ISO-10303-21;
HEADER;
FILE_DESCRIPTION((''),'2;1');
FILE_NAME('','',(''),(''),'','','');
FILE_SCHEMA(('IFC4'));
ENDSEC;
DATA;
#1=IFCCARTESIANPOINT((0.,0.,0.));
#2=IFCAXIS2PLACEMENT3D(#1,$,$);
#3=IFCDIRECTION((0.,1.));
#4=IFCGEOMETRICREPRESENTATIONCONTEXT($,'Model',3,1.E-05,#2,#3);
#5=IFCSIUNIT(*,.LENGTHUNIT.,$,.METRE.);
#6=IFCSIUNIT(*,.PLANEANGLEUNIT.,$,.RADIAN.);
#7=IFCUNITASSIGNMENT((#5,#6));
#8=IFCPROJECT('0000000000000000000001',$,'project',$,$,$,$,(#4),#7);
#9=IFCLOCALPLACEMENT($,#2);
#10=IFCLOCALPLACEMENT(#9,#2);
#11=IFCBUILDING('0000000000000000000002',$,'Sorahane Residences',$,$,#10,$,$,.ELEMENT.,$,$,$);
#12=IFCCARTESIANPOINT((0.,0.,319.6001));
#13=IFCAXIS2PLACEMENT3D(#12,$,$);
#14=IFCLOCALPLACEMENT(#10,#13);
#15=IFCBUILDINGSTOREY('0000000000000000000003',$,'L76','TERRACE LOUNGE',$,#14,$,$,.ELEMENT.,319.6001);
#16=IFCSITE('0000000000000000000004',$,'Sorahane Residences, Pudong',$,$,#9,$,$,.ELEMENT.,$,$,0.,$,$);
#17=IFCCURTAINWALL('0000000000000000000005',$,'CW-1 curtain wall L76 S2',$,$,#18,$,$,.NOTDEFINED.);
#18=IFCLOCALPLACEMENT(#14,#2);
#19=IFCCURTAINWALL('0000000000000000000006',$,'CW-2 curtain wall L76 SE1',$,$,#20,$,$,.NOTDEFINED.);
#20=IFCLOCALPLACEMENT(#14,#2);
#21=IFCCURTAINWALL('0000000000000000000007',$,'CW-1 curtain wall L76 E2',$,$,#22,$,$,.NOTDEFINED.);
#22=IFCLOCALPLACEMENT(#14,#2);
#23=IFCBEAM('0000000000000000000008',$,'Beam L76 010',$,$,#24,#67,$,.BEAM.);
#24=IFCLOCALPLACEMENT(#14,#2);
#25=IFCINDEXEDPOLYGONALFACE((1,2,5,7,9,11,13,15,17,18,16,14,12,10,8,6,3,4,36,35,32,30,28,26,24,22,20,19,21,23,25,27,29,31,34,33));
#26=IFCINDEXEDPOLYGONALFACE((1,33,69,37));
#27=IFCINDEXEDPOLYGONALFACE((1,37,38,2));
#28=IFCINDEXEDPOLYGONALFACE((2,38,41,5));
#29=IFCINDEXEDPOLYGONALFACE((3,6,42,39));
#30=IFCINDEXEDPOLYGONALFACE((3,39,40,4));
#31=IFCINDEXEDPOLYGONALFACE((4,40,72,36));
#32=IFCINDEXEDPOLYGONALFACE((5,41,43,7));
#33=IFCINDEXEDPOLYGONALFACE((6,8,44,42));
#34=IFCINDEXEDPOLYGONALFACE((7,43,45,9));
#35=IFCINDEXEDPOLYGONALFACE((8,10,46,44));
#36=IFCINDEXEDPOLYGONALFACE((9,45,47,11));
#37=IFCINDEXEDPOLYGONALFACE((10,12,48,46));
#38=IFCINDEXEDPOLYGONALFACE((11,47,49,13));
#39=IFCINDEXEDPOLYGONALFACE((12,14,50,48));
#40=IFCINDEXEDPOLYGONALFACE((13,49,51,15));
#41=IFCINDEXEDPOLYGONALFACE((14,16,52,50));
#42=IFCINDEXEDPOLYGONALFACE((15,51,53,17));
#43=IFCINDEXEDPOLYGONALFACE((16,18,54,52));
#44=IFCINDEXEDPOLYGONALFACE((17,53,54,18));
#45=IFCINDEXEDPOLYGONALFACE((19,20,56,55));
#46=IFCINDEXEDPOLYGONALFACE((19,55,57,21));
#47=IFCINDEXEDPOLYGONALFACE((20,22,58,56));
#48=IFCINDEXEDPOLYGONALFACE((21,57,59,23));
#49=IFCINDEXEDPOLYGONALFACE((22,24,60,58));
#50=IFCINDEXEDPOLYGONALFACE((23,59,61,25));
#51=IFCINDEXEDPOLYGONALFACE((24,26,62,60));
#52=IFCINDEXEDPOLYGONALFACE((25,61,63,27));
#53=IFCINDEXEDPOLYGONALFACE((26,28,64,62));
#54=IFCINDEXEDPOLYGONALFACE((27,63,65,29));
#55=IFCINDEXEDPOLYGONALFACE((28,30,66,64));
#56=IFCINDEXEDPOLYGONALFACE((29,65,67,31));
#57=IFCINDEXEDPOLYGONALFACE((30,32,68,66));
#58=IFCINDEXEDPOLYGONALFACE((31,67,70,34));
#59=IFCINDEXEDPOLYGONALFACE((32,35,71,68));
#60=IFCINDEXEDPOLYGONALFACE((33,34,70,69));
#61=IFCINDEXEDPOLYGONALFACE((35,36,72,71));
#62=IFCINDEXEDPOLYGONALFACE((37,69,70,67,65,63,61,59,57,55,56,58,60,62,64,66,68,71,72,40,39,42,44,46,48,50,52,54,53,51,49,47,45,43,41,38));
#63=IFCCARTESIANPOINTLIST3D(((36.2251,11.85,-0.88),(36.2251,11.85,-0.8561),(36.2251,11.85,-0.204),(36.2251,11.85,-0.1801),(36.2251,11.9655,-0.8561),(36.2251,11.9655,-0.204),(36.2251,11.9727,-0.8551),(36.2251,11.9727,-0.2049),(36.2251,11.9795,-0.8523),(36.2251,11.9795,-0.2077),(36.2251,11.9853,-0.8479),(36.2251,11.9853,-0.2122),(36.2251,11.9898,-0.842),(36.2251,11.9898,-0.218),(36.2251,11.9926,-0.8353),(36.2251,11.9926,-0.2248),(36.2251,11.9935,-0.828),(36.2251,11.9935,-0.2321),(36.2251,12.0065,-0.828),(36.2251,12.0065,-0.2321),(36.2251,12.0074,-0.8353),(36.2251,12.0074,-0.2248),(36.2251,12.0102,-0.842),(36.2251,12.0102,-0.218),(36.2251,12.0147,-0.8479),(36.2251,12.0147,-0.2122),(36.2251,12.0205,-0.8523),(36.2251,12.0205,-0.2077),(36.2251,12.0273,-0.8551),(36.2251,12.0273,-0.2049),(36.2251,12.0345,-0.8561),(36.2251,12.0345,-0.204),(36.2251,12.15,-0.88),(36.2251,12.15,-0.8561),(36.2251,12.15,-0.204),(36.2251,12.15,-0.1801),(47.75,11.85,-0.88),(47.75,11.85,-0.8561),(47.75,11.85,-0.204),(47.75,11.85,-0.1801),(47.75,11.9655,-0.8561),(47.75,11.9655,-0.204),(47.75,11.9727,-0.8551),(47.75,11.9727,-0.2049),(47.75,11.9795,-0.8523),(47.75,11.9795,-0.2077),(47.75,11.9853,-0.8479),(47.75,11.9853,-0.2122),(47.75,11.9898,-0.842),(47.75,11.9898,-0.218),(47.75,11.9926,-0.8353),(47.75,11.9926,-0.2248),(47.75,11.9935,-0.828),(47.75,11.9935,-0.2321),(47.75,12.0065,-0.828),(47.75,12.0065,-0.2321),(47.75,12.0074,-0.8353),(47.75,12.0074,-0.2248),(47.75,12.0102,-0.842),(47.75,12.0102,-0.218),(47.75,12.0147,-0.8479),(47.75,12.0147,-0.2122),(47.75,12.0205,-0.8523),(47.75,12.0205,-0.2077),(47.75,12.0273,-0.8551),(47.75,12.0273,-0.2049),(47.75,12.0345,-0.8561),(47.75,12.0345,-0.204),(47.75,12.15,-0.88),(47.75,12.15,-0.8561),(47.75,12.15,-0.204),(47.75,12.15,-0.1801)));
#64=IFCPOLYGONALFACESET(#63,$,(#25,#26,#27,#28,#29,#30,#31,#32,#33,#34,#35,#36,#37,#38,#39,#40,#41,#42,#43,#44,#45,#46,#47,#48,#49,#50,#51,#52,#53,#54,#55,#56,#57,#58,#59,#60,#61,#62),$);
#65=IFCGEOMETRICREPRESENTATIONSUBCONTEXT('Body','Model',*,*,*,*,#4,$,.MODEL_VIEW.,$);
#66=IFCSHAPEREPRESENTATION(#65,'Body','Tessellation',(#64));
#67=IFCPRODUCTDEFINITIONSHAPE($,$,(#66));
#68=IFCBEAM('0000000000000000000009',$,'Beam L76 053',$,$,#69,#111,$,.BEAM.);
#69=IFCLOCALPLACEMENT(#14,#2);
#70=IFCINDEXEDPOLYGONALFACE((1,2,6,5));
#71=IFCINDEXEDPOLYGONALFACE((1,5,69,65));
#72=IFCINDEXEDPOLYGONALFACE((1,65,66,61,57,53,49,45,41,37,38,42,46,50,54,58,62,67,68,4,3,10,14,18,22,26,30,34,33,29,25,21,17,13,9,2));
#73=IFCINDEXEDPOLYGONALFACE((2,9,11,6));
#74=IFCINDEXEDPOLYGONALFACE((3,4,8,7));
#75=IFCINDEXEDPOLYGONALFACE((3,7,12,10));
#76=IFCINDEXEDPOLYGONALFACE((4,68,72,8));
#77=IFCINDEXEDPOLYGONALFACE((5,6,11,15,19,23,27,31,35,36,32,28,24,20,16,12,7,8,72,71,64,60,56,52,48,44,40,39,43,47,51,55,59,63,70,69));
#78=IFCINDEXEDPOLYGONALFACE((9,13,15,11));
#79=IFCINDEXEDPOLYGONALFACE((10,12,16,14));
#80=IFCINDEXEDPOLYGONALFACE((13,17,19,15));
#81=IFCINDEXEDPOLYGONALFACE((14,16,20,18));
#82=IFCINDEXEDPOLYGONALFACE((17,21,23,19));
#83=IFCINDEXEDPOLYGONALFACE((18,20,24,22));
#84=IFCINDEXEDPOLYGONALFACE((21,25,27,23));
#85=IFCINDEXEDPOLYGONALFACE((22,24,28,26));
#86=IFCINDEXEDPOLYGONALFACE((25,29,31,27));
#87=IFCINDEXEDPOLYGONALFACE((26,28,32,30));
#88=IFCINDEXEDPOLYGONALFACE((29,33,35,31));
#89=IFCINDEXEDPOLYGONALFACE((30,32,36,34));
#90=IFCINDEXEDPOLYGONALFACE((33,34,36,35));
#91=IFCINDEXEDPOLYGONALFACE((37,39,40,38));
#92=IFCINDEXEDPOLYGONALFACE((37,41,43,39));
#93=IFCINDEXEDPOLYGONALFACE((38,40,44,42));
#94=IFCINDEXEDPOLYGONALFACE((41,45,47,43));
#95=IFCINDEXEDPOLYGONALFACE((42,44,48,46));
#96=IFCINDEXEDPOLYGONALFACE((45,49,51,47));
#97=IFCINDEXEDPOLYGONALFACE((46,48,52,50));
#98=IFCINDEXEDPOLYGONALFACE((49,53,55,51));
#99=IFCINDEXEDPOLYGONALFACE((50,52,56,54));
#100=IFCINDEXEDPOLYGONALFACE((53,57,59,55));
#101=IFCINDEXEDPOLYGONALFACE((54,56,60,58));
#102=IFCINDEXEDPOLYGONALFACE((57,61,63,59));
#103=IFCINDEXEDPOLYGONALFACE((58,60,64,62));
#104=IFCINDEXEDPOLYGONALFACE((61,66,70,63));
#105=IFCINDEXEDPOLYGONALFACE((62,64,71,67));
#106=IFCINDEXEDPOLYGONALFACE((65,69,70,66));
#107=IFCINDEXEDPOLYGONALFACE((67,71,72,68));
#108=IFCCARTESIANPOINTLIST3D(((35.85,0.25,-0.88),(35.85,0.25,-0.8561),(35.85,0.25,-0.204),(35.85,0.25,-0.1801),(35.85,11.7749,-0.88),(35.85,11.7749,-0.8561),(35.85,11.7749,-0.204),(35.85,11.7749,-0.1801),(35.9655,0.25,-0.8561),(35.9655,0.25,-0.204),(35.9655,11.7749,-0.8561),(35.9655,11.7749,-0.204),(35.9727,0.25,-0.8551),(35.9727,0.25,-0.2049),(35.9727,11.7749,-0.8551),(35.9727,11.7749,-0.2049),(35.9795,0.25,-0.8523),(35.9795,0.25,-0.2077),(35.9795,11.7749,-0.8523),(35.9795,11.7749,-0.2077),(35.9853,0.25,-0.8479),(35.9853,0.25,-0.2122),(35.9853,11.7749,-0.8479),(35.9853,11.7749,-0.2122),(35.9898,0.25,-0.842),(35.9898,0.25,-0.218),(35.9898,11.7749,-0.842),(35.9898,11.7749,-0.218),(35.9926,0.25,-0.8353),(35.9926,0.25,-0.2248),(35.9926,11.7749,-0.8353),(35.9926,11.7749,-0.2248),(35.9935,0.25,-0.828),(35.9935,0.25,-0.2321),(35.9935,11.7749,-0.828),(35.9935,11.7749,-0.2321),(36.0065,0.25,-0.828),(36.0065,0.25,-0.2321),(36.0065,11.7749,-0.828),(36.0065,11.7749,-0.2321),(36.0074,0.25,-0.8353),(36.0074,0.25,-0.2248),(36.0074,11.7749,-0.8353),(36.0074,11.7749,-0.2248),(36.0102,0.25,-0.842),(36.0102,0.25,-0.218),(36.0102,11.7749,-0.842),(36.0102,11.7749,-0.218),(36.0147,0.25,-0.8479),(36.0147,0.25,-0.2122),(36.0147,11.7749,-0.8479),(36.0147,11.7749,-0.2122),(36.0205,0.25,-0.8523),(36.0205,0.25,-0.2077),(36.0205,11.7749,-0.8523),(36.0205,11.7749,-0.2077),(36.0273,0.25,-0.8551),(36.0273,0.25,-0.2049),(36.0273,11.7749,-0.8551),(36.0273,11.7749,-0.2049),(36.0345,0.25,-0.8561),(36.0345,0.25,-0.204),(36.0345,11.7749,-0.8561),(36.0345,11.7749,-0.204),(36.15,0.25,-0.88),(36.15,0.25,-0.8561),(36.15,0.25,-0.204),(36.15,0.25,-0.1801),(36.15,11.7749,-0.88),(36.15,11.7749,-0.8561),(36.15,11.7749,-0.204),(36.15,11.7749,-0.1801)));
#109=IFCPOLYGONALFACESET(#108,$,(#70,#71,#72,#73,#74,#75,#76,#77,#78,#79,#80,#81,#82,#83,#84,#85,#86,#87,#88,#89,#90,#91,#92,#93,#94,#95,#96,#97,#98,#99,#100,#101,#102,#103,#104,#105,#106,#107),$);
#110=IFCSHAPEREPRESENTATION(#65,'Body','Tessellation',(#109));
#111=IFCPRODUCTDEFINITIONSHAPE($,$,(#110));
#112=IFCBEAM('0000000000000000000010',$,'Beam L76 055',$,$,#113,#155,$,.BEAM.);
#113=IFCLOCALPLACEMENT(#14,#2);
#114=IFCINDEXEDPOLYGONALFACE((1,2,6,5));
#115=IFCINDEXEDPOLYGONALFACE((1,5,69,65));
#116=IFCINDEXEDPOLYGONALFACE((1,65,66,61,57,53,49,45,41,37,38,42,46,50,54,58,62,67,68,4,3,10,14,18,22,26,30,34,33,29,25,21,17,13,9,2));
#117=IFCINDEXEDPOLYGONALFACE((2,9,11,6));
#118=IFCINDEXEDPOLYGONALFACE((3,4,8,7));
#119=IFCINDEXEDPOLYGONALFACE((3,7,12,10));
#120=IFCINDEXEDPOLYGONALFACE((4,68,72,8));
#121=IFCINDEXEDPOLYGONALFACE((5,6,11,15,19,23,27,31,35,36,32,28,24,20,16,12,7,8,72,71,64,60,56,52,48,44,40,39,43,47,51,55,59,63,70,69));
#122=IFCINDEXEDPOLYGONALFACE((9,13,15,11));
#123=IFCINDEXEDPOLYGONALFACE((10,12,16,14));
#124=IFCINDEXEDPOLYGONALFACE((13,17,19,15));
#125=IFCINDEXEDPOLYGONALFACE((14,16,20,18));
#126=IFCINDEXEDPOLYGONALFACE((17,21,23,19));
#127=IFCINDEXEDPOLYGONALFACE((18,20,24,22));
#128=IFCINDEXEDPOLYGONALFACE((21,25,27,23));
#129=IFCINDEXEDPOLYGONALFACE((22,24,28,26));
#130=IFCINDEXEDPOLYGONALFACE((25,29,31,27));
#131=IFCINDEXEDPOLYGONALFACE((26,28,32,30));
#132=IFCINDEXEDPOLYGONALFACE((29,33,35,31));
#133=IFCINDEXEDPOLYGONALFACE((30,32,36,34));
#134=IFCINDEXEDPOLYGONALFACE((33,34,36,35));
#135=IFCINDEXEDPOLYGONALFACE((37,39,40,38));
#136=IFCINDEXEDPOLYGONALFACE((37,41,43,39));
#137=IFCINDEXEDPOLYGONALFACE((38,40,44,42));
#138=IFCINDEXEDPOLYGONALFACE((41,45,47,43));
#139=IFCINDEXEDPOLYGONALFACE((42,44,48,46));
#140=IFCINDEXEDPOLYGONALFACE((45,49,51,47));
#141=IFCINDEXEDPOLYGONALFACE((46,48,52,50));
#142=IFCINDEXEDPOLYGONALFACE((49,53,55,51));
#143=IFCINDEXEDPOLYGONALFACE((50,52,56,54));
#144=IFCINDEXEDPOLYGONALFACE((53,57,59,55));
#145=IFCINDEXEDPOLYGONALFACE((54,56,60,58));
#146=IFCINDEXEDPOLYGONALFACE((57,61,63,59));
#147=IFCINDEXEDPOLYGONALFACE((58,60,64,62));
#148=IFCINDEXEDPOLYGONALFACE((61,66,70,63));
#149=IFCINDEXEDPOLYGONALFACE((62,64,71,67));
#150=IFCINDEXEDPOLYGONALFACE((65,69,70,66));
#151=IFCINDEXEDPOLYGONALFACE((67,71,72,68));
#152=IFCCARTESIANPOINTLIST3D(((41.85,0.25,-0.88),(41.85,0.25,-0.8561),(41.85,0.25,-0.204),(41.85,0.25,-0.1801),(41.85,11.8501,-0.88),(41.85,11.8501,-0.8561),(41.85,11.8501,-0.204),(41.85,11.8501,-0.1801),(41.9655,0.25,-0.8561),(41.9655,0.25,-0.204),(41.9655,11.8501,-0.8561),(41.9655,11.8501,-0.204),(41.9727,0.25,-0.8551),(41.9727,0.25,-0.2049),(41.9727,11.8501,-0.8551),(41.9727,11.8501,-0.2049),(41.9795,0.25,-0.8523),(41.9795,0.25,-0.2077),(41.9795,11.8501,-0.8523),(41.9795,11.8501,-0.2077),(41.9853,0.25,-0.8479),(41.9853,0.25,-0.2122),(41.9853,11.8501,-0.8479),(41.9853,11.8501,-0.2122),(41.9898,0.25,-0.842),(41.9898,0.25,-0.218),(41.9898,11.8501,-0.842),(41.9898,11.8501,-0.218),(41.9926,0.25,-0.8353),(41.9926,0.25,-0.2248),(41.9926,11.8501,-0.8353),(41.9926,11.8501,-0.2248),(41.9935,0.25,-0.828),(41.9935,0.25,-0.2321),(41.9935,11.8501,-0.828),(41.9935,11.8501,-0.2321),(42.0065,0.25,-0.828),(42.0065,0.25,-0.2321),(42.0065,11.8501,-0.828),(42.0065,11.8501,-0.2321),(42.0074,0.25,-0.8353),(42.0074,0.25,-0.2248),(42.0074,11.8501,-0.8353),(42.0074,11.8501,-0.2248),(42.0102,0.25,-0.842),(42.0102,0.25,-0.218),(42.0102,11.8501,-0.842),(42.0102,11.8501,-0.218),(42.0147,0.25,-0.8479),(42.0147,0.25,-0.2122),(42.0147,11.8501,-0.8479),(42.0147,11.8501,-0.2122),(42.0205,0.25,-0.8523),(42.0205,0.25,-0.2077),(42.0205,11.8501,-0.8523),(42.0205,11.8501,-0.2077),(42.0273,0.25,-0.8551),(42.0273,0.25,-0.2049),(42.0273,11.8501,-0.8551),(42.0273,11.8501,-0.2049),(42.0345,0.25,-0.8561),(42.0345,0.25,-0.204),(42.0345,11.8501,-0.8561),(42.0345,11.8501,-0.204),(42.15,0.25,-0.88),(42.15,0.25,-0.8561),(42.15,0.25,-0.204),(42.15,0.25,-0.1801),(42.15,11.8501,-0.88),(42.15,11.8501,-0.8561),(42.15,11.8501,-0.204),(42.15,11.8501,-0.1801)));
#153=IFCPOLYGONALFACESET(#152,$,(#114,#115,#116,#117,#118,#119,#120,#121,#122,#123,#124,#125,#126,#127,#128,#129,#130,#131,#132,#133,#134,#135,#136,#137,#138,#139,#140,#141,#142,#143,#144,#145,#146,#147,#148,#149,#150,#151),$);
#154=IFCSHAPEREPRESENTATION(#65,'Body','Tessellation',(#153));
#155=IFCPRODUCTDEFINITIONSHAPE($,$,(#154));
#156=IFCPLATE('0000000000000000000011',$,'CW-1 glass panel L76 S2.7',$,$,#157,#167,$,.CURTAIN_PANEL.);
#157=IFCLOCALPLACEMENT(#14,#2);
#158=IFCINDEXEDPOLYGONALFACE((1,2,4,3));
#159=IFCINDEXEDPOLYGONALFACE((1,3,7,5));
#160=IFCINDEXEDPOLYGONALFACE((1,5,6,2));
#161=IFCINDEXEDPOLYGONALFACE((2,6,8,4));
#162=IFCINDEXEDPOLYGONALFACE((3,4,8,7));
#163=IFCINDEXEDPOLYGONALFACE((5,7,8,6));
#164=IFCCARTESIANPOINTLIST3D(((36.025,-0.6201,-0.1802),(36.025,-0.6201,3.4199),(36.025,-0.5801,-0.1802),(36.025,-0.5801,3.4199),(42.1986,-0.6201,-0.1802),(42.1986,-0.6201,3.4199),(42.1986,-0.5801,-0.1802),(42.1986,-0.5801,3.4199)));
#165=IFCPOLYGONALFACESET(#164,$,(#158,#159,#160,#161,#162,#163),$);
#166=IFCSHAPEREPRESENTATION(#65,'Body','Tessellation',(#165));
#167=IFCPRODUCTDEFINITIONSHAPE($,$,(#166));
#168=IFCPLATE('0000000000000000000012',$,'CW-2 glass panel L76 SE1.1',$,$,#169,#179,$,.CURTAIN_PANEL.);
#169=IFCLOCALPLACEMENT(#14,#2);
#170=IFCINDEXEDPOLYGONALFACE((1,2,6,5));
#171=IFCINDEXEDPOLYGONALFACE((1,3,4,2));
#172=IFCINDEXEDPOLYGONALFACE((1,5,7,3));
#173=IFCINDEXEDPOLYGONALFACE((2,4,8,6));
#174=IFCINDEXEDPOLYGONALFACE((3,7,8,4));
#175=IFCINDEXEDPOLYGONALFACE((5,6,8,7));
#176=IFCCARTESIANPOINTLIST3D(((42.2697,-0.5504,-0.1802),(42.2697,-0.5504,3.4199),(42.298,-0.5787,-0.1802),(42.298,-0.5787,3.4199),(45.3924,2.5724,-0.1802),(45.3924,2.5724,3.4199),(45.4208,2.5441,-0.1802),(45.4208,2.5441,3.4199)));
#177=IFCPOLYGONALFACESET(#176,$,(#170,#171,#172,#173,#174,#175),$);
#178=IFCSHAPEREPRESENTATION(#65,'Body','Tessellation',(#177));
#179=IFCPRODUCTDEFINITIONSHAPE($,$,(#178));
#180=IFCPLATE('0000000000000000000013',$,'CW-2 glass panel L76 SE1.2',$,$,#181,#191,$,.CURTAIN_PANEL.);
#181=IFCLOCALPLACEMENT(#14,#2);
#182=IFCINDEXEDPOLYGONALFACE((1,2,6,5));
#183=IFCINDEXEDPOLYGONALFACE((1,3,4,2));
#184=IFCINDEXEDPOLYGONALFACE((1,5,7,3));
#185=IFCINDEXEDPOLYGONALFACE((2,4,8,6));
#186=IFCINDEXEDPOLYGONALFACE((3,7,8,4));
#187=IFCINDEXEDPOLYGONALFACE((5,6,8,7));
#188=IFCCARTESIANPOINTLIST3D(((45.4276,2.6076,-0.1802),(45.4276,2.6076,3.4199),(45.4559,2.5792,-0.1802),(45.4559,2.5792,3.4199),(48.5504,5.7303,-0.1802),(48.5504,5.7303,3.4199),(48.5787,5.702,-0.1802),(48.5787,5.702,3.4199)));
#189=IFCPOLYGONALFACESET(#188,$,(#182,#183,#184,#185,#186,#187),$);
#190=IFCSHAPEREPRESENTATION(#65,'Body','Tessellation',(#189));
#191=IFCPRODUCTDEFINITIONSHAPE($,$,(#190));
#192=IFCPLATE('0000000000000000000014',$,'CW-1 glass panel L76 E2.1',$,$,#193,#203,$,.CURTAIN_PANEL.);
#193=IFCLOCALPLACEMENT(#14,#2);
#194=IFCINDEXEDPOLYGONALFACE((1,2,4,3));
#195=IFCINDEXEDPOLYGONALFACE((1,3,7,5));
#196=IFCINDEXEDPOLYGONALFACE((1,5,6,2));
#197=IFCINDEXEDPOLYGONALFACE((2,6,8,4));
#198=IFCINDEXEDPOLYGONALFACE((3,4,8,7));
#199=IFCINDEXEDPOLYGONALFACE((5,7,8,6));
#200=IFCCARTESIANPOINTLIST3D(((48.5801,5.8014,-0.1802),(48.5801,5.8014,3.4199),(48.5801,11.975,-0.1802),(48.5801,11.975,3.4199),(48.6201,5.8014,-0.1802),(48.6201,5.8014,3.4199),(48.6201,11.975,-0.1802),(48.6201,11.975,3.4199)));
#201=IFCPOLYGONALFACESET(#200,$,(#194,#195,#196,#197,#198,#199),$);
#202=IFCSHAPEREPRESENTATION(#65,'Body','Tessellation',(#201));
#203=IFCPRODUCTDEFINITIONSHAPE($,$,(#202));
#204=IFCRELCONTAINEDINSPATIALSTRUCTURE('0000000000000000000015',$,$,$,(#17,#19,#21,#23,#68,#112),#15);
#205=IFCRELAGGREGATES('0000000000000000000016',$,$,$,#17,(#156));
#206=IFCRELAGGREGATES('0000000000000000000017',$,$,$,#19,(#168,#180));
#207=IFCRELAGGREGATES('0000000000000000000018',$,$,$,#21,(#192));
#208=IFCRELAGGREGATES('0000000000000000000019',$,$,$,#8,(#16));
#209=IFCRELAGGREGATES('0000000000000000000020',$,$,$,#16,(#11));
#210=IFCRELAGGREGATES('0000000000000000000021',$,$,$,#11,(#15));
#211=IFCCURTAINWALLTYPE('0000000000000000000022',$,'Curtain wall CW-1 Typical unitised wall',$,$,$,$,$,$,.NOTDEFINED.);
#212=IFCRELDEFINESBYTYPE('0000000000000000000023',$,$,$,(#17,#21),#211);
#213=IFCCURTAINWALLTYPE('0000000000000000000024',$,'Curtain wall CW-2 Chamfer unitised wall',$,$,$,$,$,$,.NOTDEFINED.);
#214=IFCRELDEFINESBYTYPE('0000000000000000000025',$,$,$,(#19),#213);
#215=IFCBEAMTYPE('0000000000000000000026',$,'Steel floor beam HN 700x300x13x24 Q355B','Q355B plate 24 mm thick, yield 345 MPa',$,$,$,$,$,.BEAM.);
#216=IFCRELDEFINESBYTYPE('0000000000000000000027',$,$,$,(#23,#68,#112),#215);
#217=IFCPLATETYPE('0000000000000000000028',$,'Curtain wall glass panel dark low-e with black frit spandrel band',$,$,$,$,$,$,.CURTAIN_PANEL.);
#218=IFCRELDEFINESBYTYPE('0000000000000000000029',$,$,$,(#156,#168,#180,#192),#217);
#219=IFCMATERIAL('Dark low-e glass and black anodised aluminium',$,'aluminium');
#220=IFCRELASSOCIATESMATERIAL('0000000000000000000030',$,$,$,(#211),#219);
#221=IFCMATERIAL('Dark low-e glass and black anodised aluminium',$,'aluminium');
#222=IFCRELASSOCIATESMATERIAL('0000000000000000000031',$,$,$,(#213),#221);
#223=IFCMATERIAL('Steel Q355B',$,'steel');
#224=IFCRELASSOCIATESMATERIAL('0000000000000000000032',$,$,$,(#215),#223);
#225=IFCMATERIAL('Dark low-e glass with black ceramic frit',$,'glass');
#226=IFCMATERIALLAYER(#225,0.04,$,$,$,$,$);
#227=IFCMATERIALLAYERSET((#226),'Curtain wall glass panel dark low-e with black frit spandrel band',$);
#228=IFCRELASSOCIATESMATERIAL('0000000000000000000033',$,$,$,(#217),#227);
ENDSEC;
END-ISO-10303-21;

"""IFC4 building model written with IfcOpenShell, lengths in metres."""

from ifc_helpers import new_model, si_unit, direction, frame, origin, origin_2d, place, context, subcontext, project, spatial, rectangle, i_section, extrude, material, layer, layer_set, material_profile, profile_set, type_object, element, aggregate, save


model = new_model("IFC4")

# Units and contexts
model_context = context("Model", 3, precision=1e-05, world=origin(), true_north=direction((0.0, 1.0)))
body_context = subcontext(model_context, "Body", "Model", "MODEL_VIEW")
ifc_project = project(units=[si_unit("LENGTHUNIT", "METRE"), si_unit("PLANEANGLEUNIT", "RADIAN")], contexts=[model_context])

# Site, building, storey
site_placement = place(None, origin())
site = spatial("IfcSite", under=ifc_project, at=site_placement, Name="Sorahane Residences, Pudong", CompositionType="ELEMENT", RefElevation=0.0)
building_placement = place(site_placement, origin())
building = spatial("IfcBuilding", under=site, at=building_placement, Name="Sorahane Residences", CompositionType="ELEMENT")
storey_placement = place(building_placement, frame((0.0, 0.0, 319.6001)))
storey = spatial("IfcBuildingStorey", under=building, at=storey_placement, Name="L76", Description="TERRACE LOUNGE", CompositionType="ELEMENT", Elevation=319.6001)

# Curtain wall
ifc_material_1 = material(Name="Dark low-e glass and black anodised aluminium", Category="aluminium")
curtain_wall_type_1 = type_object("IfcCurtainWallType", Name="Curtain wall CW-1 Typical unitised wall", PredefinedType="NOTDEFINED", material=ifc_material_1)
curtain_wall_1_placement = place(storey_placement, origin())
curtain_wall_1 = element("IfcCurtainWall", 1, at=curtain_wall_1_placement, inside=storey, type_object=curtain_wall_type_1, Name="CW-1 curtain wall L76 S2", PredefinedType="NOTDEFINED")

# Curtain wall
ifc_material_2 = material(Name="Dark low-e glass and black anodised aluminium", Category="aluminium")
curtain_wall_type_2 = type_object("IfcCurtainWallType", Name="Curtain wall CW-2 Chamfer unitised wall", PredefinedType="NOTDEFINED", material=ifc_material_2)
curtain_wall_2_placement = place(storey_placement, origin())
curtain_wall_2 = element("IfcCurtainWall", 2, at=curtain_wall_2_placement, inside=storey, type_object=curtain_wall_type_2, Name="CW-2 curtain wall L76 SE1", PredefinedType="NOTDEFINED")

# Curtain wall
curtain_wall_3_placement = place(storey_placement, origin())
curtain_wall_3 = element("IfcCurtainWall", 3, at=curtain_wall_3_placement, inside=storey, type_object=curtain_wall_type_1, Name="CW-1 curtain wall L76 E2", PredefinedType="NOTDEFINED")

# Beams
ifc_material_3 = material(Name="Steel Q355B", Category="steel")
ifc_material_profile_1 = material_profile(ifc_material_3, i_section(OverallWidth=0.3, OverallDepth=0.7, WebThickness=0.0129, FlangeThickness=0.0239, FilletRadius=0.0281, at=origin_2d()), Name="HN 700x300x13x24")
ifc_profile_set_1 = profile_set([ifc_material_profile_1], Name="Steel Q355B")
beam_type_1 = type_object("IfcBeamType", Name="Steel floor beam HN 700x300x13x24 Q355B", Description="Q355B plate 24 mm thick, yield 345 MPa", PredefinedType="BEAM", material=ifc_profile_set_1)
for number, where, z_axis, x_axis, name in (
    (4, (36.2251, 12.0, -0.53), (1.0, 0.0, 0.0), (0.0, 1.0, 0.0), "Beam L76 010"),
    (5, (36.0, 0.25, -0.53), (0.0, 1.0, 0.0), (-1.0, 0.0, 0.0), "Beam L76 053"),
):
    element("IfcBeam", number, at=place(storey_placement, frame(where, z_axis=z_axis, x_axis=x_axis)), inside=storey, type_object=beam_type_1, Name=name, PredefinedType="BEAM", context=body_context, shape_type="SweptSolid", body=[
        extrude(i_section(OverallWidth=0.3, OverallDepth=0.7, WebThickness=0.0129, FlangeThickness=0.0239, FilletRadius=0.0281, at=origin_2d()), origin(), (0.0, 0.0, 1.0), 11.5249),
    ])
beam_1_placement = place(storey_placement, frame((42.0, 0.25, -0.53), z_axis=(0.0, 1.0, 0.0), x_axis=(-1.0, 0.0, 0.0)))
element("IfcBeam", 6, at=beam_1_placement, inside=storey, type_object=beam_type_1, Name="Beam L76 055", PredefinedType="BEAM", context=body_context, shape_type="SweptSolid", body=[
    extrude(i_section(OverallWidth=0.3, OverallDepth=0.7, WebThickness=0.0129, FlangeThickness=0.0239, FilletRadius=0.0281, at=origin_2d()), origin(), (0.0, 0.0, 1.0), 11.6001),
])

# Plates
ifc_material_4 = material(Name="Dark low-e glass with black ceramic frit", Category="glass")
ifc_layer_1 = layer(ifc_material_4, 0.04)
ifc_layer_set_1 = layer_set([ifc_layer_1], Name="Curtain wall glass panel dark low-e with black frit spandrel band")
plate_type = type_object("IfcPlateType", Name="Curtain wall glass panel dark low-e with black frit spandrel band", PredefinedType="CURTAIN_PANEL", material=ifc_layer_set_1)
plate_1_placement = place(storey_placement, frame((39.1118, -0.6001, -0.1802), z_axis=(0.0, 0.0, 1.0), x_axis=(1.0, 0.0, 0.0)))
plate_1 = element("IfcPlate", 7, at=plate_1_placement, type_object=plate_type, Name="CW-1 glass panel L76 S2.7", PredefinedType="CURTAIN_PANEL", context=body_context, shape_type="SweptSolid", body=[
    extrude(rectangle(XDim=6.1736, YDim=0.04, at=origin_2d()), origin(), (0.0, 0.0, 1.0), 3.6001),
])
aggregate(curtain_wall_1, [plate_1])
plate_2_placement = place(storey_placement, frame((43.8452, 0.9968, -0.1802), z_axis=(0.0, 0.0, 1.0), x_axis=(0.707107, 0.707107, 0.0)))
plate_2 = element("IfcPlate", 8, at=plate_2_placement, type_object=plate_type, Name="CW-2 glass panel L76 SE1.1", PredefinedType="CURTAIN_PANEL", context=body_context, shape_type="SweptSolid", body=[
    extrude(rectangle(XDim=4.4163, YDim=0.04, at=origin_2d()), origin(), (0.0, 0.0, 1.0), 3.6001),
])
plate_3_placement = place(storey_placement, frame((47.0032, 4.1548, -0.1802), z_axis=(0.0, 0.0, 1.0), x_axis=(0.707107, 0.707107, 0.0)))
plate_3 = element("IfcPlate", 9, at=plate_3_placement, type_object=plate_type, Name="CW-2 glass panel L76 SE1.2", PredefinedType="CURTAIN_PANEL", context=body_context, shape_type="SweptSolid", body=[
    extrude(rectangle(XDim=4.4163, YDim=0.04, at=origin_2d()), origin(), (0.0, 0.0, 1.0), 3.6001),
])
aggregate(curtain_wall_2, [plate_2, plate_3])
plate_4_placement = place(storey_placement, frame((48.6001, 8.8882, -0.1802), z_axis=(0.0, 0.0, 1.0), x_axis=(0.0, 1.0, 0.0)))
plate_4 = element("IfcPlate", 10, at=plate_4_placement, type_object=plate_type, Name="CW-1 glass panel L76 E2.1", PredefinedType="CURTAIN_PANEL", context=body_context, shape_type="SweptSolid", body=[
    extrude(rectangle(XDim=6.1736, YDim=0.04, at=origin_2d()), origin(), (0.0, 0.0, 1.0), 3.6001),
])
aggregate(curtain_wall_3, [plate_4])

save(model, "model.ifc")
